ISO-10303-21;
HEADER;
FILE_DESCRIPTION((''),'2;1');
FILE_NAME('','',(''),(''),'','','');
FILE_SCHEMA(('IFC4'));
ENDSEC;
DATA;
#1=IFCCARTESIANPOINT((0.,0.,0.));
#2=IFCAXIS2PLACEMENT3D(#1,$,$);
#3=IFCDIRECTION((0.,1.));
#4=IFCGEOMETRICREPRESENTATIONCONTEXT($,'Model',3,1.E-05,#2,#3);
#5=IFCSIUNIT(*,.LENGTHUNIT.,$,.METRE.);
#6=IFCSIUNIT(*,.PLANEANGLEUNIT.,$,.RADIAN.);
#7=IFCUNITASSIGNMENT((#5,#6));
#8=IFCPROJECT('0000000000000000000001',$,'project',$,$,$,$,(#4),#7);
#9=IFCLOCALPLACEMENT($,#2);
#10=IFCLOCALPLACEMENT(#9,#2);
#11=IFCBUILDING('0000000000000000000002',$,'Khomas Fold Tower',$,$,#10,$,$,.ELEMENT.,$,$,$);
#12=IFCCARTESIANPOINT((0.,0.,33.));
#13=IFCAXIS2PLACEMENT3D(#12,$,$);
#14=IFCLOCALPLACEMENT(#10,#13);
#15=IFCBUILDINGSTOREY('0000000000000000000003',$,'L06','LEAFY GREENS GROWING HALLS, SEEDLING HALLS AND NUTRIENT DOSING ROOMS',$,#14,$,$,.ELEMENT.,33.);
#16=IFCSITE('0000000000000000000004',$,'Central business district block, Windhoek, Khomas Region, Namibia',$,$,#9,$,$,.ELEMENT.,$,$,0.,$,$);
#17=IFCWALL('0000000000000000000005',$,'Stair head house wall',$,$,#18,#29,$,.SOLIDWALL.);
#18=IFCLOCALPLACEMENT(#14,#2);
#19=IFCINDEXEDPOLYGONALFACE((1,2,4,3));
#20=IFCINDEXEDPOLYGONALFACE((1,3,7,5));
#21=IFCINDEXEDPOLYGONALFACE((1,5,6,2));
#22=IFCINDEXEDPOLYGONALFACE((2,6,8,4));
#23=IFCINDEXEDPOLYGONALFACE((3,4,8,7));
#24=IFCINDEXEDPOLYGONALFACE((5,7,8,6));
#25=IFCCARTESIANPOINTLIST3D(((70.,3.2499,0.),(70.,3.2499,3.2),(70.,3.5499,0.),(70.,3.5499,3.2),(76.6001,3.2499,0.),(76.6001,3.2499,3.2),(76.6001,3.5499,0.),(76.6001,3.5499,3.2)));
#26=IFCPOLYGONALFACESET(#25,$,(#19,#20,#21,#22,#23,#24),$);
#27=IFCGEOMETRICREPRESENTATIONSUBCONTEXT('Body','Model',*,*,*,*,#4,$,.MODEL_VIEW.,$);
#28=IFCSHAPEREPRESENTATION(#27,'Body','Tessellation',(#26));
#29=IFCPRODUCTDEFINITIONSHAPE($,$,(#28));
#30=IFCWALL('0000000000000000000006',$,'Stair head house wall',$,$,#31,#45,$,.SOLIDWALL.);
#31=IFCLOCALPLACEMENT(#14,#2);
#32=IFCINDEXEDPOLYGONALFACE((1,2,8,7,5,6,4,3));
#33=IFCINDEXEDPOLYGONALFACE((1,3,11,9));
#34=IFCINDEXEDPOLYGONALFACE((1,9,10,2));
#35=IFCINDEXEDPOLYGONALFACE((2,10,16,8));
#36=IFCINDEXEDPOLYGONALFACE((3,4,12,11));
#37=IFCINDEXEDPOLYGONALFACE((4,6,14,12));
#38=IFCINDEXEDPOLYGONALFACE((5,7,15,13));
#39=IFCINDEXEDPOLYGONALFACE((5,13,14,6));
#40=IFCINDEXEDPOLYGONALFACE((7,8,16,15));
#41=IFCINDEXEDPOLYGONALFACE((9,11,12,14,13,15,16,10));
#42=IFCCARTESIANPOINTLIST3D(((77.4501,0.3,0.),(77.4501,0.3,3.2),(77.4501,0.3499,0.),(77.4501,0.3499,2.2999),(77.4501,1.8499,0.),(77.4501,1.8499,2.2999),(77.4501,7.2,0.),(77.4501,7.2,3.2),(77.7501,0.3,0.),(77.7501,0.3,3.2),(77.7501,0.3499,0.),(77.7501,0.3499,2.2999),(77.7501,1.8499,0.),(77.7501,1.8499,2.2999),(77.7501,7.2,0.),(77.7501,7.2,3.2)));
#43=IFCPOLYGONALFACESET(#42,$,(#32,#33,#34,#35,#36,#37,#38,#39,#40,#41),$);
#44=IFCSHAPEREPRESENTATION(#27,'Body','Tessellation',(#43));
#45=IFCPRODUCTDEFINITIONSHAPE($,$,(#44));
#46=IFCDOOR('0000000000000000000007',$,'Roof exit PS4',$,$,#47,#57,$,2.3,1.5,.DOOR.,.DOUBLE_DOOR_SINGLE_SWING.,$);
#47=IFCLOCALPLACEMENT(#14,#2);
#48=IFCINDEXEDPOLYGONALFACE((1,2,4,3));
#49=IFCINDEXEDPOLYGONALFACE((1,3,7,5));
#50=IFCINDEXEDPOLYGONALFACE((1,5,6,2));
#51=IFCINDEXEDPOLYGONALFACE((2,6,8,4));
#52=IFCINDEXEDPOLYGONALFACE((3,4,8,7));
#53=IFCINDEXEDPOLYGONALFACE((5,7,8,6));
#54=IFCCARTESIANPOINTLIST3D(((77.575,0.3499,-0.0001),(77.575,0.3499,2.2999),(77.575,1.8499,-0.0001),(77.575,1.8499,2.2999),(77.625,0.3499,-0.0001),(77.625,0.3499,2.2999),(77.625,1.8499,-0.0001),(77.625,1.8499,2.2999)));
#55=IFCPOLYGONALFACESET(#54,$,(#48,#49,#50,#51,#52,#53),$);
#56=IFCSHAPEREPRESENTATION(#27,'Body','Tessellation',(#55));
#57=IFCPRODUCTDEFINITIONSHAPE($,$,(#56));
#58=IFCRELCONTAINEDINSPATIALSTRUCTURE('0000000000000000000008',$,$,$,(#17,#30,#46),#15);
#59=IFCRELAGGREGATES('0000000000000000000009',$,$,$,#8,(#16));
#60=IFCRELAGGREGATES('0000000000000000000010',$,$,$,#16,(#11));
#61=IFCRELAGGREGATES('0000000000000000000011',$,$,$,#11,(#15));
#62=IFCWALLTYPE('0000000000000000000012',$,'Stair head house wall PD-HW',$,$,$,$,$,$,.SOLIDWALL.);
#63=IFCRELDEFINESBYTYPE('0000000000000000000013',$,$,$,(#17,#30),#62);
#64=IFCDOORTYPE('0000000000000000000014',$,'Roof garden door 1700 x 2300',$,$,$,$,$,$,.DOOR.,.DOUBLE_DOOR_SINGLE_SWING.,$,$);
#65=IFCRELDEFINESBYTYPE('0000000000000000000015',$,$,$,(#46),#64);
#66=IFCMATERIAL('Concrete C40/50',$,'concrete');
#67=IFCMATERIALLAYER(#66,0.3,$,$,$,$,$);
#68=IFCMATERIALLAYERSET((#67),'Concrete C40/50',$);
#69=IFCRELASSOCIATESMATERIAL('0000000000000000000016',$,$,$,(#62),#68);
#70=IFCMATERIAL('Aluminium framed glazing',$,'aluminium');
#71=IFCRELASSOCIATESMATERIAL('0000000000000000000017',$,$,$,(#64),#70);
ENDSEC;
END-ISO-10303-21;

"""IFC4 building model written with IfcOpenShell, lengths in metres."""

from ifc_helpers import new_model, si_unit, direction, frame, frame_2d, origin, place, context, subcontext, project, spatial, rectangle, extrude, source, transform, mapped, material, layer, layer_set, type_object, element, fill, save


model = new_model("IFC4")

# Units and contexts
model_context = context("Model", 3, precision=1e-05, world=origin(), true_north=direction((0.0, 1.0)))
body_context = subcontext(model_context, "Body", "Model", "MODEL_VIEW")
ifc_project = project(units=[si_unit("LENGTHUNIT", "METRE"), si_unit("PLANEANGLEUNIT", "RADIAN")], contexts=[model_context])

# Site, building, storey
site_placement = place(None, origin())
site = spatial("IfcSite", under=ifc_project, at=site_placement, Name="Central business district block, Windhoek, Khomas Region, Namibia", CompositionType="ELEMENT", RefElevation=0.0)
building_placement = place(site_placement, origin())
building = spatial("IfcBuilding", under=site, at=building_placement, Name="Khomas Fold Tower", CompositionType="ELEMENT")
storey_placement = place(building_placement, frame((0.0, 0.0, 33.0)))
storey = spatial("IfcBuildingStorey", under=building, at=storey_placement, Name="L06", Description="LEAFY GREENS GROWING HALLS, SEEDLING HALLS AND NUTRIENT DOSING ROOMS", CompositionType="ELEMENT", Elevation=33.0)

# Shared definitions
ifc_material_1 = material(Name="Concrete C40/50", Category="concrete")
ifc_layer_1 = layer(ifc_material_1, 0.3)
ifc_layer_set_1 = layer_set([ifc_layer_1], Name="Concrete C40/50")
wall_type = type_object("IfcWallType", Name="Stair head house wall PD-HW", PredefinedType="SOLIDWALL", material=ifc_layer_set_1)

# Shared definitions
shared_shape_1 = source(origin(), body_context, "Body", "SweptSolid", [
    extrude(rectangle(XDim=1.5, YDim=2.3, at=frame_2d((0.75, 1.1499))), frame((0.0, 0.1599, 0.0), z_axis=(0.0, -1.0, 0.0), x_axis=(1.0, 0.0, 0.0)), (0.0, 0.0, 1.0), 0.3201),
])
ifc_material_2 = material(Name="Aluminium framed glazing", Category="aluminium")
door_type = type_object("IfcDoorType", Name="Roof garden door 1700 x 2300", OperationType="DOUBLE_DOOR_SINGLE_SWING", PredefinedType="DOOR", material=ifc_material_2)
shared_shape_2 = source(origin(), body_context, "Body", "SweptSolid", [
    extrude(rectangle(XDim=1.5, YDim=2.3, at=frame_2d((0.75, 1.1499))), frame((0.0, 0.0249, 0.0), z_axis=(0.0, -1.0, 0.0), x_axis=(1.0, 0.0, 0.0)), (0.0, 0.0, 1.0), 0.05),
])

# Wall
shared_shape_3 = source(origin(), body_context, "Body", "SweptSolid", [
    extrude(rectangle(XDim=6.6001, YDim=0.3, at=frame_2d((3.3, 0.0))), origin(), (0.0, 0.0, 1.0), 3.2),
])
wall_1_placement = place(storey_placement, frame((76.6001, 3.3999, 0.0), z_axis=(0.0, 0.0, 1.0), x_axis=(-1.0, 0.0, 0.0)))
element("IfcWall", 1, at=wall_1_placement, inside=storey, type_object=wall_type, Name="Stair head house wall", PredefinedType="SOLIDWALL", context=body_context, shape_type="MappedRepresentation", body=[
    mapped(shared_shape_3, transform((0.0, 0.0, 0.0))),
])

# Wall, opening, door
shared_shape_4 = source(origin(), body_context, "Body", "SweptSolid", [
    extrude(rectangle(XDim=6.8999, YDim=0.3, at=frame_2d((3.45, 0.0))), origin(), (0.0, 0.0, 1.0), 3.2),
])
wall_2_placement = place(storey_placement, frame((77.6001, 7.2, 0.0), z_axis=(0.0, 0.0, 1.0), x_axis=(0.0, -1.0, 0.0)))
wall_2 = element("IfcWall", 2, at=wall_2_placement, inside=storey, type_object=wall_type, Name="Stair head house wall", PredefinedType="SOLIDWALL", context=body_context, shape_type="MappedRepresentation", body=[
    mapped(shared_shape_4, transform((0.0, 0.0, 0.0))),
])
opening_1_placement = place(wall_2_placement, frame((5.3501, 0.0, 0.0)))
opening_1 = element("IfcOpeningElement", 3, at=opening_1_placement, cuts=wall_2, PredefinedType="OPENING", context=body_context, shape_type="MappedRepresentation", body=[
    mapped(shared_shape_1, transform((0.0, 0.0, 0.0))),
])
door_1_placement = place(opening_1_placement, origin())
door_1 = element("IfcDoor", 4, at=door_1_placement, inside=storey, type_object=door_type, Name="Roof exit PS4", OperationType="DOUBLE_DOOR_SINGLE_SWING", OverallHeight=2.3, OverallWidth=1.5, PredefinedType="DOOR", context=body_context, shape_type="MappedRepresentation", body=[
    mapped(shared_shape_2, transform((0.0, 0.0, 0.0))),
])
fill(opening_1, door_1)

save(model, "model.ifc")
